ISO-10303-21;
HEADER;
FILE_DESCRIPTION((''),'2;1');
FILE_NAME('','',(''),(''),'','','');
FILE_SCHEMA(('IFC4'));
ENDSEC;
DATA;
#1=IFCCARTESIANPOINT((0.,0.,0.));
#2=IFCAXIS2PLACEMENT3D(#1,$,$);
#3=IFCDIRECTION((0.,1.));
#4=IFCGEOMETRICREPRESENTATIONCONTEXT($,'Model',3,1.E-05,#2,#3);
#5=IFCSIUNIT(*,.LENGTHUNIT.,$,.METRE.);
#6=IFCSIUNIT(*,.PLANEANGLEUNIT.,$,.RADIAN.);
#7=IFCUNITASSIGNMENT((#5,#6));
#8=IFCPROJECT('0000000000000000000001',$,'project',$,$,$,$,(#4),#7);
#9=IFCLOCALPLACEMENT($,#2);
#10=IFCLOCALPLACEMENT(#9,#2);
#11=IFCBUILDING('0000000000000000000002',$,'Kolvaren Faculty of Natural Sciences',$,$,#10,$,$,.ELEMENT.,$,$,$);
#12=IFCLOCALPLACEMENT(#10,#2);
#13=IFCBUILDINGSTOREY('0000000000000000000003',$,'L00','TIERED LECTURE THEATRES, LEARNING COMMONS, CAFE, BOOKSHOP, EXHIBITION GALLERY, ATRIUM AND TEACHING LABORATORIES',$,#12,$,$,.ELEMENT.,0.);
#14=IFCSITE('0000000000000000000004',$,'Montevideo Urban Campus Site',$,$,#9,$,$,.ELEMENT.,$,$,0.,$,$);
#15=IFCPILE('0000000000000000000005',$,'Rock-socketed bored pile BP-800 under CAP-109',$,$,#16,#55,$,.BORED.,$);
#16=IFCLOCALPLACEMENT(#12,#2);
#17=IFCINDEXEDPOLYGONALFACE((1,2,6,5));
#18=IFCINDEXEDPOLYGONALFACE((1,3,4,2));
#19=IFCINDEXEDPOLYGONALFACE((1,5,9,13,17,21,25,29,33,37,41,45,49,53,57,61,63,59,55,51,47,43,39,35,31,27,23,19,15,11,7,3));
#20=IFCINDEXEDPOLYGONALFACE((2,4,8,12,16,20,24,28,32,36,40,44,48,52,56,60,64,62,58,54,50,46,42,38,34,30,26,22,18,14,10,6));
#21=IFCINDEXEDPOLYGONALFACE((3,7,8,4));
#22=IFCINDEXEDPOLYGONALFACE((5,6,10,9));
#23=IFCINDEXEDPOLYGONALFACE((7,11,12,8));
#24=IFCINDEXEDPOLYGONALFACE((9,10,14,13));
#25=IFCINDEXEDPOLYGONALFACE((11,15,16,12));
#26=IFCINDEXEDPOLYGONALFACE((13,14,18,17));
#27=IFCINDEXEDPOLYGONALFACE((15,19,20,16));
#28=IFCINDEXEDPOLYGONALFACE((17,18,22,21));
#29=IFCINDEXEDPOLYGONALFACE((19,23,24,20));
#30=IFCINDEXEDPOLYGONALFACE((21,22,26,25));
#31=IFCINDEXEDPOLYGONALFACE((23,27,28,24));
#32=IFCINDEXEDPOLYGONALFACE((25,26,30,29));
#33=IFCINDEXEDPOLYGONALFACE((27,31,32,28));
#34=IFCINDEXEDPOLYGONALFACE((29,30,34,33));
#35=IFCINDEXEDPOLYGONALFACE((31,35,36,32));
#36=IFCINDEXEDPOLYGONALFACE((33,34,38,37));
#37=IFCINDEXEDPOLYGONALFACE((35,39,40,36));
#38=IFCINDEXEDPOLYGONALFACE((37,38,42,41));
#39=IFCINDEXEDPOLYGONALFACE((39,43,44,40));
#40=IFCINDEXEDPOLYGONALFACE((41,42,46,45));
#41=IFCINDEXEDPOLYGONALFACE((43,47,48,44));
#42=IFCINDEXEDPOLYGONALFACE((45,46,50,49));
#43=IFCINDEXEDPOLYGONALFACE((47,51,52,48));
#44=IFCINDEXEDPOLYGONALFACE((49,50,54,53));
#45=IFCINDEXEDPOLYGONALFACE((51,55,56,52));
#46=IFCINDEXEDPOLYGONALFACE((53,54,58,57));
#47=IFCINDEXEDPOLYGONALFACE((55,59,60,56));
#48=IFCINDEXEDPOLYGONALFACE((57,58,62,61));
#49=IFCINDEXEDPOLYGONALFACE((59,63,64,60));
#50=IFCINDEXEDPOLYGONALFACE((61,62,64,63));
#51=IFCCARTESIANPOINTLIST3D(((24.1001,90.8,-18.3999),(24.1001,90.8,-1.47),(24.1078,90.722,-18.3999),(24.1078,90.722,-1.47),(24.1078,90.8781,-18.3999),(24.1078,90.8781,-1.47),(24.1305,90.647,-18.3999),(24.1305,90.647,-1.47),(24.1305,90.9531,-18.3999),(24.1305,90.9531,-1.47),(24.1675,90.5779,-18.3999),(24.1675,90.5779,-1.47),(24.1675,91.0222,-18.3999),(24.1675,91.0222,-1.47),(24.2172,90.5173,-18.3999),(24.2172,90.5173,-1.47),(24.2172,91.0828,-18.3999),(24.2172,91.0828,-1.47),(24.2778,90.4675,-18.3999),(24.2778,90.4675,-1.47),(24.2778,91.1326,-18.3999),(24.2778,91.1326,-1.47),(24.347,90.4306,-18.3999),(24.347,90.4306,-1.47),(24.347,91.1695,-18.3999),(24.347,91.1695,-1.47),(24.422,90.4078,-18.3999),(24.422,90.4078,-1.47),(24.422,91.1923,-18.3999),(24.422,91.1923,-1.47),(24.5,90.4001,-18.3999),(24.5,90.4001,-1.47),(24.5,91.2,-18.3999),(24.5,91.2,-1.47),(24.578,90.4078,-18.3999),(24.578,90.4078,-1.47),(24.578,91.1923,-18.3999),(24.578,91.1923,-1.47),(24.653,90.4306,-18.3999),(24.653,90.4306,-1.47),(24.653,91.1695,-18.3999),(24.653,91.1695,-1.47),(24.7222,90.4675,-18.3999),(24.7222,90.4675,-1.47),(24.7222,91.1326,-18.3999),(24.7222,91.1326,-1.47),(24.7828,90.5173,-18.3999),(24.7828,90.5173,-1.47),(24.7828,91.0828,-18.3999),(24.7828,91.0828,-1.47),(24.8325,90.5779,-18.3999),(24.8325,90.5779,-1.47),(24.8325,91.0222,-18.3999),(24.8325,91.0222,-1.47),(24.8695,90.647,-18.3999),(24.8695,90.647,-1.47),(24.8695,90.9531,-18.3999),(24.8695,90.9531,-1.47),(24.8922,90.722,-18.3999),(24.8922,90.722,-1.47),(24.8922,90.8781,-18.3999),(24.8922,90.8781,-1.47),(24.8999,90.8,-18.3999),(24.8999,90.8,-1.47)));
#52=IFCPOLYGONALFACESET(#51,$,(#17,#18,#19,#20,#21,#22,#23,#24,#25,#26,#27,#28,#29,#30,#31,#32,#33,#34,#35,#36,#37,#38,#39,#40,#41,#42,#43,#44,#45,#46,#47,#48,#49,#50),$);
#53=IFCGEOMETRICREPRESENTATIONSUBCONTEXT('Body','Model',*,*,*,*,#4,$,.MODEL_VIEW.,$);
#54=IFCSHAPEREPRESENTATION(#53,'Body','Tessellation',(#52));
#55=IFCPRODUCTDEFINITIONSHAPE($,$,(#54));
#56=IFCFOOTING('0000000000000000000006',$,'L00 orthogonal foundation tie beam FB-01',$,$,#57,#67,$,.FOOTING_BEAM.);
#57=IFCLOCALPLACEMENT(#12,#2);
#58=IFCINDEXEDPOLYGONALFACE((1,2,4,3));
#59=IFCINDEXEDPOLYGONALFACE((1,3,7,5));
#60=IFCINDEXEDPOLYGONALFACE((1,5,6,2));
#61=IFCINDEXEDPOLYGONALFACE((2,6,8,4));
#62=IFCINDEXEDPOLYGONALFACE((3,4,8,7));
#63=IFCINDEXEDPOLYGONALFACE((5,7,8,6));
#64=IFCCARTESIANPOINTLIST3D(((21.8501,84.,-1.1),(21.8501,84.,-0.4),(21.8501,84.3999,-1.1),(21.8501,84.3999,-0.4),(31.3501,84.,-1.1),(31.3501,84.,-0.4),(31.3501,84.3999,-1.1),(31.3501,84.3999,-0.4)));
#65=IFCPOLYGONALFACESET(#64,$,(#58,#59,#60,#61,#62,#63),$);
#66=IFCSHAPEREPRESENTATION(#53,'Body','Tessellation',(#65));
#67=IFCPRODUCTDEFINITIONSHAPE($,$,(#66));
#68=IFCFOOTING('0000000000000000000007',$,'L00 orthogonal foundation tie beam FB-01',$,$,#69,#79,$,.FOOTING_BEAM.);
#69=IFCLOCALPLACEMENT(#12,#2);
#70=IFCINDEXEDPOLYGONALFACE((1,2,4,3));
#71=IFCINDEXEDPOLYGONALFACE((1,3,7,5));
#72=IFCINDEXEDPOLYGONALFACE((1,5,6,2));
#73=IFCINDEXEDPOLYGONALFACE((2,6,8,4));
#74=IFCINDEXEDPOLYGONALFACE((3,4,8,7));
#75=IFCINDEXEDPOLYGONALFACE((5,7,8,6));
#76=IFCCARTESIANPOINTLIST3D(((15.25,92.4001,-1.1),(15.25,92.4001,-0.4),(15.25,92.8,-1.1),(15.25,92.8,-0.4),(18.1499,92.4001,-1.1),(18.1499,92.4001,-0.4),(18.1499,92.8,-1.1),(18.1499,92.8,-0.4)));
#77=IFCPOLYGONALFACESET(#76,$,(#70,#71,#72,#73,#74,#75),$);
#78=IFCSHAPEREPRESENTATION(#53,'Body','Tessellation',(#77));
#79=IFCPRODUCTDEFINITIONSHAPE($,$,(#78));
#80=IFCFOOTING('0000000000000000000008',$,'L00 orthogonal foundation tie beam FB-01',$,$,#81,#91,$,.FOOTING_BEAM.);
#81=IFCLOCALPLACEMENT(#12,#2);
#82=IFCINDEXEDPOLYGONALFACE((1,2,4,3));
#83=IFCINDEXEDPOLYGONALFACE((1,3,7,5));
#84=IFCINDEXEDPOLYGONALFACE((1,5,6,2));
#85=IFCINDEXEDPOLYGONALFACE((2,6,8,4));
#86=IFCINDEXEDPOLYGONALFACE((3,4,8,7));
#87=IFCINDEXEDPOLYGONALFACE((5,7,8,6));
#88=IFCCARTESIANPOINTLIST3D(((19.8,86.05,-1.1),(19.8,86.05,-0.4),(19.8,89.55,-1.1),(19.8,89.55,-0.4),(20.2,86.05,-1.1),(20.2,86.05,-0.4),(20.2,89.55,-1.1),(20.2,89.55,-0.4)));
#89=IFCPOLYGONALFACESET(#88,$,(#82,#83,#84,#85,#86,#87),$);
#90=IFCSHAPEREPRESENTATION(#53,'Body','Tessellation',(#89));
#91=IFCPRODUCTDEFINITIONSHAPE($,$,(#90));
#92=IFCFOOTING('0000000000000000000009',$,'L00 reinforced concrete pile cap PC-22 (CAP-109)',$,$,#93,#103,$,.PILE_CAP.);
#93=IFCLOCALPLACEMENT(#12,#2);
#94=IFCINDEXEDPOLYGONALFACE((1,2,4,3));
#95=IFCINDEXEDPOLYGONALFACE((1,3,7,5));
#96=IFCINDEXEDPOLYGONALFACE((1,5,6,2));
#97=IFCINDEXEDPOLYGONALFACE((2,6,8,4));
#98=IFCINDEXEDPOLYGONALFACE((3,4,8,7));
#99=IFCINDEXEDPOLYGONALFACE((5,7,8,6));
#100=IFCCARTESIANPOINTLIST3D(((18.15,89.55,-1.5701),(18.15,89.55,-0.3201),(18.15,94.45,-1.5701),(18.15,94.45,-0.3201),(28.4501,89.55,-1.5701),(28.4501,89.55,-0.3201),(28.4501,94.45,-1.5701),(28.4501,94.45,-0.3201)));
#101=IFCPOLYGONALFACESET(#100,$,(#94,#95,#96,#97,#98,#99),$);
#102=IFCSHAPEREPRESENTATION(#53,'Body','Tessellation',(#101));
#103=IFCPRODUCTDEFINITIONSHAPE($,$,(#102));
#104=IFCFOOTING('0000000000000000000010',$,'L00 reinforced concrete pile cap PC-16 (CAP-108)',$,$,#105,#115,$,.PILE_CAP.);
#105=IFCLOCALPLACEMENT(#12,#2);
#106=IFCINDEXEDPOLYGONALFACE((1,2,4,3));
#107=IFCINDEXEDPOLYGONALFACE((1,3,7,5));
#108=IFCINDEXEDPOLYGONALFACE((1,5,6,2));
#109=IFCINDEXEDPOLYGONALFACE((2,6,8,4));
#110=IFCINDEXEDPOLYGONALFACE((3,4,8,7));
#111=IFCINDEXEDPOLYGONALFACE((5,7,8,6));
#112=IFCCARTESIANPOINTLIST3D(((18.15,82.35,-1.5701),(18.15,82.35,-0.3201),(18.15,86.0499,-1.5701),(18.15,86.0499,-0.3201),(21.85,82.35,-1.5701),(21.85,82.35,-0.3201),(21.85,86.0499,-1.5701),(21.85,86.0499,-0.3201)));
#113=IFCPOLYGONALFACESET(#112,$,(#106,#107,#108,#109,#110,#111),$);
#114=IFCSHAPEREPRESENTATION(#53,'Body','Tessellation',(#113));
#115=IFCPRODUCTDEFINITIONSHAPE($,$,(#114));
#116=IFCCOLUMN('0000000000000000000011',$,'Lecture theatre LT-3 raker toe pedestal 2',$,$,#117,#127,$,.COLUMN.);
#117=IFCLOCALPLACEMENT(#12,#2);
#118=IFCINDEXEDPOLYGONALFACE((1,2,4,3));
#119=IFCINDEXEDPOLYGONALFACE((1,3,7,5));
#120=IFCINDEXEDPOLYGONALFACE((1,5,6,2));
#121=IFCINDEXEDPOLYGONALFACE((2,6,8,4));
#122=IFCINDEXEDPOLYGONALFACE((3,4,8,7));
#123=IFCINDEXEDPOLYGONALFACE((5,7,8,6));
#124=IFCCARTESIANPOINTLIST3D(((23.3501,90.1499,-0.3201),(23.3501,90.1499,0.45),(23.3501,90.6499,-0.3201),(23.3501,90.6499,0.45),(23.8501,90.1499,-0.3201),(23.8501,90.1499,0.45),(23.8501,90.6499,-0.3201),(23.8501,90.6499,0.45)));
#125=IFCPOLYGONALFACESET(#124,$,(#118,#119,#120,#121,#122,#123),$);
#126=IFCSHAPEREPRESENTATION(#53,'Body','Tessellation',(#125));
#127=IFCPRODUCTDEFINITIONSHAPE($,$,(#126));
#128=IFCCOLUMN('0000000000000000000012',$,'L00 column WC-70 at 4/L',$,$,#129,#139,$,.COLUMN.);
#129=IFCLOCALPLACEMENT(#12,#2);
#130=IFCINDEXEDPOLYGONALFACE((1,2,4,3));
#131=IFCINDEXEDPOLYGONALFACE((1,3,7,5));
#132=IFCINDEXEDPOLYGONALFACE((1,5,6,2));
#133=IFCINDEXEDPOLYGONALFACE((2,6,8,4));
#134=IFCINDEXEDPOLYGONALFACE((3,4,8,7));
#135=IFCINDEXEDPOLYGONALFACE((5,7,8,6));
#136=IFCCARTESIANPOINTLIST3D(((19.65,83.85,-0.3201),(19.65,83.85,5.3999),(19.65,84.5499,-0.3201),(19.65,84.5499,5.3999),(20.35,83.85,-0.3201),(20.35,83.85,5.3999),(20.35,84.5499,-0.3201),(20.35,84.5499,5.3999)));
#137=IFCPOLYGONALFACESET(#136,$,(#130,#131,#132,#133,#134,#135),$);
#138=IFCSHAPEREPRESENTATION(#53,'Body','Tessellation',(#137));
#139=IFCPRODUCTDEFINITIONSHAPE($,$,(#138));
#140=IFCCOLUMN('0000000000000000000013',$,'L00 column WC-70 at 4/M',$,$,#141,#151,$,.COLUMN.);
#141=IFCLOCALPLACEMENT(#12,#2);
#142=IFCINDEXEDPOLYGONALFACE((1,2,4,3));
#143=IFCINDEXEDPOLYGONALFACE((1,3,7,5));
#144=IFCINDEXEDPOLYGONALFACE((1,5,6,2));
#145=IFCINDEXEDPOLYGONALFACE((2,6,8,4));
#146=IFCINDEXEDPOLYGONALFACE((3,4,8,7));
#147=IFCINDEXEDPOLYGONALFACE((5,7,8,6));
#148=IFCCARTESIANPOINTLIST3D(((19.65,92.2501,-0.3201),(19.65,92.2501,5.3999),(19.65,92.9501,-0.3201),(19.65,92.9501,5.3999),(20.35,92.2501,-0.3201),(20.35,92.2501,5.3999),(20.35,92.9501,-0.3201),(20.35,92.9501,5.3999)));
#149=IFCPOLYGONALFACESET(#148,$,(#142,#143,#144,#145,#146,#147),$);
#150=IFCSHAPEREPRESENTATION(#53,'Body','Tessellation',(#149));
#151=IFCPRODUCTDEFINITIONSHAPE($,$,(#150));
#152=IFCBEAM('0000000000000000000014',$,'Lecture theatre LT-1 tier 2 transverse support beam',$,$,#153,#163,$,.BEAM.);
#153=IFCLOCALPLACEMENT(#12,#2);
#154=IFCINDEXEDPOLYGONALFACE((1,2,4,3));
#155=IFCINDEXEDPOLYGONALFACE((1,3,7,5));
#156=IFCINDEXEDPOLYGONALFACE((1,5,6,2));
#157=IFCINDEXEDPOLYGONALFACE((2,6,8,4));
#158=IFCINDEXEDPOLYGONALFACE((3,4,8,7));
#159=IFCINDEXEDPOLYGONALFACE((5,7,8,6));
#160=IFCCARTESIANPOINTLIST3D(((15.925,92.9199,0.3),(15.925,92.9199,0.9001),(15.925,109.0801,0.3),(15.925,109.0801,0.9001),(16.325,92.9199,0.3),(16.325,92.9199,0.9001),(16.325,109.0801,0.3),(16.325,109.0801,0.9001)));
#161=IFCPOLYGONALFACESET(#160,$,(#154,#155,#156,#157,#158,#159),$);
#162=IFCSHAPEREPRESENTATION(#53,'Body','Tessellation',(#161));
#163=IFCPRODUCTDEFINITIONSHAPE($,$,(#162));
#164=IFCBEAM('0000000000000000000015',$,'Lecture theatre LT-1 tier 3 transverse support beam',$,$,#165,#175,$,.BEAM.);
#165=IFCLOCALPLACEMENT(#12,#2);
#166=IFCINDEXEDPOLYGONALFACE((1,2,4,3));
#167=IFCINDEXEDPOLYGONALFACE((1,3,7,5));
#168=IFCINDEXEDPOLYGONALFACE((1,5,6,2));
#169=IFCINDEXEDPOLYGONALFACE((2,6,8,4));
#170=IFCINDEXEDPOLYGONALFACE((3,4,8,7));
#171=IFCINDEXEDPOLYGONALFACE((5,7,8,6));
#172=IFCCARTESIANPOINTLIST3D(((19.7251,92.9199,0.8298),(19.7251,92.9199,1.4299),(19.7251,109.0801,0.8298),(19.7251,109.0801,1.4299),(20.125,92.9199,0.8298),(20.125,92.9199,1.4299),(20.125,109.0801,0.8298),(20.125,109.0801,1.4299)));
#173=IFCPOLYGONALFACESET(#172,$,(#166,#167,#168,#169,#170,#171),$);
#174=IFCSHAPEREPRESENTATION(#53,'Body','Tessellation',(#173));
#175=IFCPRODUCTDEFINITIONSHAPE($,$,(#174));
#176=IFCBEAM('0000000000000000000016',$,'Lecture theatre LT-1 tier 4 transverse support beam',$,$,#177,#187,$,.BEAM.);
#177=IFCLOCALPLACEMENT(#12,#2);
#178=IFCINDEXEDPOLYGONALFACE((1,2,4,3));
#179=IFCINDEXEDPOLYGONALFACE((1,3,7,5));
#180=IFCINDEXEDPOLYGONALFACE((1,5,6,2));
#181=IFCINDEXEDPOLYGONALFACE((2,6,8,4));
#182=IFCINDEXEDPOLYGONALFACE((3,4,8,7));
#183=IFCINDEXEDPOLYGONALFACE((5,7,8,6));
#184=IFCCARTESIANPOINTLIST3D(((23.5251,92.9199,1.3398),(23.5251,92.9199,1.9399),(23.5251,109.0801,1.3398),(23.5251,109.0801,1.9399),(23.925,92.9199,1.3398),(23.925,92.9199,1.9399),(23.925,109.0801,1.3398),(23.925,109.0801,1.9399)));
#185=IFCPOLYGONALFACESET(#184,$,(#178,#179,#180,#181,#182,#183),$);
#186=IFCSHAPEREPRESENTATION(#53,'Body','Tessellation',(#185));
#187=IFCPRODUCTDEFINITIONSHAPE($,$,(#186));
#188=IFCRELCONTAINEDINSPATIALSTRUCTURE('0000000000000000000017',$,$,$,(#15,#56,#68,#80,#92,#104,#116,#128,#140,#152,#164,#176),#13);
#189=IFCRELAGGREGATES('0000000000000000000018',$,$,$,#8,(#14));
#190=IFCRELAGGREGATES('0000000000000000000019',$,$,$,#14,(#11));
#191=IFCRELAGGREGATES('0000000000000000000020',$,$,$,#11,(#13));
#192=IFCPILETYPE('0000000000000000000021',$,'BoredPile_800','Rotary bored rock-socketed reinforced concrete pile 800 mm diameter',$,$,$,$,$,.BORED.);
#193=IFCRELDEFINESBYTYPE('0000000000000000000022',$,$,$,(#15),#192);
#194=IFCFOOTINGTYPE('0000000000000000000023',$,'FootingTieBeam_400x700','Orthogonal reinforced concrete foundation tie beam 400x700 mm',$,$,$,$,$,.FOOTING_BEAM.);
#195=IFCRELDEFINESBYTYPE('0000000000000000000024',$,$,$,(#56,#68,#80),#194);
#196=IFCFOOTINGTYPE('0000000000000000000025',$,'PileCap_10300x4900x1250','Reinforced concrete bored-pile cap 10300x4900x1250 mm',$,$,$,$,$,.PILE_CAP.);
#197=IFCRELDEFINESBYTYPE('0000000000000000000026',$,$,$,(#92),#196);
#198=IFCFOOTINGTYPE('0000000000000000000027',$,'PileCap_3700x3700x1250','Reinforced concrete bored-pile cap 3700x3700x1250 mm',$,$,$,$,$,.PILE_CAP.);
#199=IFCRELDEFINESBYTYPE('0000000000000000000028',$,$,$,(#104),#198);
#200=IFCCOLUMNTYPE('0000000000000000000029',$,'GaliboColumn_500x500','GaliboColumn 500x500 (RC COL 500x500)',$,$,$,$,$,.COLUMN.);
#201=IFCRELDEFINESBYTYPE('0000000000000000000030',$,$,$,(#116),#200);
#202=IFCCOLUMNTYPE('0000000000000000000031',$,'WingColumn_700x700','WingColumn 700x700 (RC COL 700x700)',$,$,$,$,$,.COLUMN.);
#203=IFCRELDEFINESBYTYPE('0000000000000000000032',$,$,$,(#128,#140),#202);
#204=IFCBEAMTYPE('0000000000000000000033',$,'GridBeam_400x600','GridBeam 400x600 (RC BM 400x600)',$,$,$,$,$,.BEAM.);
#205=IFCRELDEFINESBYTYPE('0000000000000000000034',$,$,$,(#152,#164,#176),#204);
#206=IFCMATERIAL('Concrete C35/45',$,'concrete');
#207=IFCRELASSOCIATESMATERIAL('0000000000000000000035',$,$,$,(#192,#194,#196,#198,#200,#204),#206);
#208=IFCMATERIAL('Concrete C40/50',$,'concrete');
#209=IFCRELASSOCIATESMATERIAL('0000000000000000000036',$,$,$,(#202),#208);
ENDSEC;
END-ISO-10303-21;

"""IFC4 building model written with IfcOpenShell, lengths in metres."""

from ifc_helpers import new_model, si_unit, direction, frame, origin, origin_2d, place, context, subcontext, project, spatial, rectangle, circle, extrude, material, material_profile, profile_set, type_object, element, save


model = new_model("IFC4")

# Units and contexts
model_context = context("Model", 3, precision=1e-05, world=origin(), true_north=direction((0.0, 1.0)))
body_context = subcontext(model_context, "Body", "Model", "MODEL_VIEW")
ifc_project = project(units=[si_unit("LENGTHUNIT", "METRE"), si_unit("PLANEANGLEUNIT", "RADIAN")], contexts=[model_context])

# Site, building, storey
site_placement = place(None, origin())
site = spatial("IfcSite", under=ifc_project, at=site_placement, Name="Montevideo Urban Campus Site", CompositionType="ELEMENT", RefElevation=0.0)
building_placement = place(site_placement, origin())
building = spatial("IfcBuilding", under=site, at=building_placement, Name="Kolvaren Faculty of Natural Sciences", CompositionType="ELEMENT")
storey_placement = place(building_placement, origin())
storey = spatial("IfcBuildingStorey", under=building, at=storey_placement, Name="L00", Description="TIERED LECTURE THEATRES, LEARNING COMMONS, CAFE, BOOKSHOP, EXHIBITION GALLERY, ATRIUM AND TEACHING LABORATORIES", CompositionType="ELEMENT", Elevation=0.0)

# Pile
ifc_material_1 = material(Name="Concrete C35/45", Category="concrete")
ifc_material_profile_1 = material_profile(ifc_material_1, circle(Radius=0.3999, at=origin_2d()), Name="PILE D800")
ifc_profile_set_1 = profile_set([ifc_material_profile_1], Name="Concrete C35/45")
pile_type = type_object("IfcPileType", Name="BoredPile_800", Description="Rotary bored rock-socketed reinforced concrete pile 800 mm diameter", PredefinedType="BORED", material=ifc_profile_set_1)
for number, where, z_axis, x_axis, name in (
    (1, (24.5, 90.8, -1.47), (0.0, 0.0, -1.0), (1.0, 0.0, 0.0), "Rock-socketed bored pile BP-800 under CAP-109"),
):
    element("IfcPile", number, at=place(storey_placement, frame(where, z_axis=z_axis, x_axis=x_axis)), inside=storey, type_object=pile_type, Name=name, PredefinedType="BORED", context=body_context, shape_type="SweptSolid", body=[
        extrude(circle(Radius=0.3999, at=origin_2d()), origin(), (0.0, 0.0, 1.0), 16.9299),
    ])

# Footings
ifc_material_profile_2 = material_profile(ifc_material_1, rectangle(XDim=0.3999, YDim=0.7, at=origin_2d()), Name="RC FB 400x700")
ifc_profile_set_2 = profile_set([ifc_material_profile_2], Name="Concrete C35/45")
footing_type_1 = type_object("IfcFootingType", Name="FootingTieBeam_400x700", Description="Orthogonal reinforced concrete foundation tie beam 400x700 mm", PredefinedType="FOOTING_BEAM", material=ifc_profile_set_2)
footing_1_placement = place(storey_placement, frame((21.8501, 84.2, -0.75), z_axis=(1.0, 0.0, 0.0), x_axis=(0.0, 1.0, 0.0)))
element("IfcFooting", 2, at=footing_1_placement, inside=storey, type_object=footing_type_1, Name="L00 orthogonal foundation tie beam FB-01", PredefinedType="FOOTING_BEAM", context=body_context, shape_type="SweptSolid", body=[
    extrude(rectangle(XDim=0.3999, YDim=0.7, at=origin_2d()), origin(), (0.0, 0.0, 1.0), 9.5),
])
footing_2_placement = place(storey_placement, frame((15.25, 92.6001, -0.75), z_axis=(1.0, 0.0, 0.0), x_axis=(0.0, 1.0, 0.0)))
element("IfcFooting", 3, at=footing_2_placement, inside=storey, type_object=footing_type_1, Name="L00 orthogonal foundation tie beam FB-01", PredefinedType="FOOTING_BEAM", context=body_context, shape_type="SweptSolid", body=[
    extrude(rectangle(XDim=0.3999, YDim=0.7, at=origin_2d()), origin(), (0.0, 0.0, 1.0), 2.8999),
])
footing_3_placement = place(storey_placement, frame((20.0, 86.05, -0.75), z_axis=(0.0, 1.0, 0.0), x_axis=(-1.0, 0.0, 0.0)))
element("IfcFooting", 4, at=footing_3_placement, inside=storey, type_object=footing_type_1, Name="L00 orthogonal foundation tie beam FB-01", PredefinedType="FOOTING_BEAM", context=body_context, shape_type="SweptSolid", body=[
    extrude(rectangle(XDim=0.3999, YDim=0.7, at=origin_2d()), origin(), (0.0, 0.0, 1.0), 3.5),
])
footing_type_2 = type_object("IfcFootingType", Name="PileCap_10300x4900x1250", Description="Reinforced concrete bored-pile cap 10300x4900x1250 mm", PredefinedType="PILE_CAP", material=ifc_material_1)
footing_4_placement = place(storey_placement, frame((23.3, 92.0, -1.5701), z_axis=(0.0, 0.0, 1.0), x_axis=(1.0, 0.0, 0.0)))
element("IfcFooting", 5, at=footing_4_placement, inside=storey, type_object=footing_type_2, Name="L00 reinforced concrete pile cap PC-22 (CAP-109)", PredefinedType="PILE_CAP", context=body_context, shape_type="SweptSolid", body=[
    extrude(rectangle(XDim=10.3, YDim=4.8999, at=origin_2d()), origin(), (0.0, 0.0, 1.0), 1.25),
])
footing_type_3 = type_object("IfcFootingType", Name="PileCap_3700x3700x1250", Description="Reinforced concrete bored-pile cap 3700x3700x1250 mm", PredefinedType="PILE_CAP", material=ifc_material_1)
footing_5_placement = place(storey_placement, frame((20.0, 84.2, -1.5701), z_axis=(0.0, 0.0, 1.0), x_axis=(1.0, 0.0, 0.0)))
element("IfcFooting", 6, at=footing_5_placement, inside=storey, type_object=footing_type_3, Name="L00 reinforced concrete pile cap PC-16 (CAP-108)", PredefinedType="PILE_CAP", context=body_context, shape_type="SweptSolid", body=[
    extrude(rectangle(XDim=3.7, YDim=3.7, at=origin_2d()), origin(), (0.0, 0.0, 1.0), 1.25),
])

# Columns
ifc_material_profile_3 = material_profile(ifc_material_1, rectangle(XDim=0.5, YDim=0.5, at=origin_2d()), Name="RC COL 500x500")
ifc_profile_set_3 = profile_set([ifc_material_profile_3], Name="Concrete C35/45")
column_type_1 = type_object("IfcColumnType", Name="GaliboColumn_500x500", Description="GaliboColumn 500x500 (RC COL 500x500)", PredefinedType="COLUMN", material=ifc_profile_set_3)
column_placement = place(storey_placement, frame((23.6001, 90.3999, -0.3201), z_axis=(0.0, 0.0, 1.0), x_axis=(1.0, 0.0, 0.0)))
element("IfcColumn", 7, at=column_placement, inside=storey, type_object=column_type_1, Name="Lecture theatre LT-3 raker toe pedestal 2", PredefinedType="COLUMN", context=body_context, shape_type="SweptSolid", body=[
    extrude(rectangle(XDim=0.5, YDim=0.5, at=origin_2d()), origin(), (0.0, 0.0, 1.0), 0.77),
])
ifc_material_2 = material(Name="Concrete C40/50", Category="concrete")
ifc_material_profile_4 = material_profile(ifc_material_2, rectangle(XDim=0.7, YDim=0.7, at=origin_2d()), Name="RC COL 700x700")
ifc_profile_set_4 = profile_set([ifc_material_profile_4], Name="Concrete C40/50")
column_type_2 = type_object("IfcColumnType", Name="WingColumn_700x700", Description="WingColumn 700x700 (RC COL 700x700)", PredefinedType="COLUMN", material=ifc_profile_set_4)
for number, where, z_axis, x_axis, name in (
    (8, (20.0, 84.2, -0.3201), (0.0, 0.0, 1.0), (1.0, 0.0, 0.0), "L00 column WC-70 at 4/L"),
    (9, (20.0, 92.6001, -0.3201), (0.0, 0.0, 1.0), (1.0, 0.0, 0.0), "L00 column WC-70 at 4/M"),
):
    element("IfcColumn", number, at=place(storey_placement, frame(where, z_axis=z_axis, x_axis=x_axis)), inside=storey, type_object=column_type_2, Name=name, PredefinedType="COLUMN", context=body_context, shape_type="SweptSolid", body=[
        extrude(rectangle(XDim=0.7, YDim=0.7, at=origin_2d()), origin(), (0.0, 0.0, 1.0), 5.72),
    ])

# Beams
ifc_material_profile_5 = material_profile(ifc_material_1, rectangle(XDim=0.3999, YDim=0.6001, at=origin_2d()), Name="RC BM 400x600")
ifc_profile_set_5 = profile_set([ifc_material_profile_5], Name="Concrete C35/45")
beam_type_1 = type_object("IfcBeamType", Name="GridBeam_400x600", Description="GridBeam 400x600 (RC BM 400x600)", PredefinedType="BEAM", material=ifc_profile_set_5)
for number, where, z_axis, x_axis, name in (
    (10, (16.125, 92.9199, 0.6001), (0.0, 1.0, 0.0), (-1.0, 0.0, 0.0), "Lecture theatre LT-1 tier 2 transverse support beam"),
    (11, (19.925, 92.9199, 1.1299), (0.0, 1.0, 0.0), (-1.0, 0.0, 0.0), "Lecture theatre LT-1 tier 3 transverse support beam"),
    (12, (23.7251, 92.9199, 1.6399), (0.0, 1.0, 0.0), (-1.0, 0.0, 0.0), "Lecture theatre LT-1 tier 4 transverse support beam"),
):
    element("IfcBeam", number, at=place(storey_placement, frame(where, z_axis=z_axis, x_axis=x_axis)), inside=storey, type_object=beam_type_1, Name=name, PredefinedType="BEAM", context=body_context, shape_type="SweptSolid", body=[
        extrude(rectangle(XDim=0.3999, YDim=0.6001, at=origin_2d()), origin(), (0.0, 0.0, 1.0), 16.1602),
    ])

save(model, "model.ifc")
